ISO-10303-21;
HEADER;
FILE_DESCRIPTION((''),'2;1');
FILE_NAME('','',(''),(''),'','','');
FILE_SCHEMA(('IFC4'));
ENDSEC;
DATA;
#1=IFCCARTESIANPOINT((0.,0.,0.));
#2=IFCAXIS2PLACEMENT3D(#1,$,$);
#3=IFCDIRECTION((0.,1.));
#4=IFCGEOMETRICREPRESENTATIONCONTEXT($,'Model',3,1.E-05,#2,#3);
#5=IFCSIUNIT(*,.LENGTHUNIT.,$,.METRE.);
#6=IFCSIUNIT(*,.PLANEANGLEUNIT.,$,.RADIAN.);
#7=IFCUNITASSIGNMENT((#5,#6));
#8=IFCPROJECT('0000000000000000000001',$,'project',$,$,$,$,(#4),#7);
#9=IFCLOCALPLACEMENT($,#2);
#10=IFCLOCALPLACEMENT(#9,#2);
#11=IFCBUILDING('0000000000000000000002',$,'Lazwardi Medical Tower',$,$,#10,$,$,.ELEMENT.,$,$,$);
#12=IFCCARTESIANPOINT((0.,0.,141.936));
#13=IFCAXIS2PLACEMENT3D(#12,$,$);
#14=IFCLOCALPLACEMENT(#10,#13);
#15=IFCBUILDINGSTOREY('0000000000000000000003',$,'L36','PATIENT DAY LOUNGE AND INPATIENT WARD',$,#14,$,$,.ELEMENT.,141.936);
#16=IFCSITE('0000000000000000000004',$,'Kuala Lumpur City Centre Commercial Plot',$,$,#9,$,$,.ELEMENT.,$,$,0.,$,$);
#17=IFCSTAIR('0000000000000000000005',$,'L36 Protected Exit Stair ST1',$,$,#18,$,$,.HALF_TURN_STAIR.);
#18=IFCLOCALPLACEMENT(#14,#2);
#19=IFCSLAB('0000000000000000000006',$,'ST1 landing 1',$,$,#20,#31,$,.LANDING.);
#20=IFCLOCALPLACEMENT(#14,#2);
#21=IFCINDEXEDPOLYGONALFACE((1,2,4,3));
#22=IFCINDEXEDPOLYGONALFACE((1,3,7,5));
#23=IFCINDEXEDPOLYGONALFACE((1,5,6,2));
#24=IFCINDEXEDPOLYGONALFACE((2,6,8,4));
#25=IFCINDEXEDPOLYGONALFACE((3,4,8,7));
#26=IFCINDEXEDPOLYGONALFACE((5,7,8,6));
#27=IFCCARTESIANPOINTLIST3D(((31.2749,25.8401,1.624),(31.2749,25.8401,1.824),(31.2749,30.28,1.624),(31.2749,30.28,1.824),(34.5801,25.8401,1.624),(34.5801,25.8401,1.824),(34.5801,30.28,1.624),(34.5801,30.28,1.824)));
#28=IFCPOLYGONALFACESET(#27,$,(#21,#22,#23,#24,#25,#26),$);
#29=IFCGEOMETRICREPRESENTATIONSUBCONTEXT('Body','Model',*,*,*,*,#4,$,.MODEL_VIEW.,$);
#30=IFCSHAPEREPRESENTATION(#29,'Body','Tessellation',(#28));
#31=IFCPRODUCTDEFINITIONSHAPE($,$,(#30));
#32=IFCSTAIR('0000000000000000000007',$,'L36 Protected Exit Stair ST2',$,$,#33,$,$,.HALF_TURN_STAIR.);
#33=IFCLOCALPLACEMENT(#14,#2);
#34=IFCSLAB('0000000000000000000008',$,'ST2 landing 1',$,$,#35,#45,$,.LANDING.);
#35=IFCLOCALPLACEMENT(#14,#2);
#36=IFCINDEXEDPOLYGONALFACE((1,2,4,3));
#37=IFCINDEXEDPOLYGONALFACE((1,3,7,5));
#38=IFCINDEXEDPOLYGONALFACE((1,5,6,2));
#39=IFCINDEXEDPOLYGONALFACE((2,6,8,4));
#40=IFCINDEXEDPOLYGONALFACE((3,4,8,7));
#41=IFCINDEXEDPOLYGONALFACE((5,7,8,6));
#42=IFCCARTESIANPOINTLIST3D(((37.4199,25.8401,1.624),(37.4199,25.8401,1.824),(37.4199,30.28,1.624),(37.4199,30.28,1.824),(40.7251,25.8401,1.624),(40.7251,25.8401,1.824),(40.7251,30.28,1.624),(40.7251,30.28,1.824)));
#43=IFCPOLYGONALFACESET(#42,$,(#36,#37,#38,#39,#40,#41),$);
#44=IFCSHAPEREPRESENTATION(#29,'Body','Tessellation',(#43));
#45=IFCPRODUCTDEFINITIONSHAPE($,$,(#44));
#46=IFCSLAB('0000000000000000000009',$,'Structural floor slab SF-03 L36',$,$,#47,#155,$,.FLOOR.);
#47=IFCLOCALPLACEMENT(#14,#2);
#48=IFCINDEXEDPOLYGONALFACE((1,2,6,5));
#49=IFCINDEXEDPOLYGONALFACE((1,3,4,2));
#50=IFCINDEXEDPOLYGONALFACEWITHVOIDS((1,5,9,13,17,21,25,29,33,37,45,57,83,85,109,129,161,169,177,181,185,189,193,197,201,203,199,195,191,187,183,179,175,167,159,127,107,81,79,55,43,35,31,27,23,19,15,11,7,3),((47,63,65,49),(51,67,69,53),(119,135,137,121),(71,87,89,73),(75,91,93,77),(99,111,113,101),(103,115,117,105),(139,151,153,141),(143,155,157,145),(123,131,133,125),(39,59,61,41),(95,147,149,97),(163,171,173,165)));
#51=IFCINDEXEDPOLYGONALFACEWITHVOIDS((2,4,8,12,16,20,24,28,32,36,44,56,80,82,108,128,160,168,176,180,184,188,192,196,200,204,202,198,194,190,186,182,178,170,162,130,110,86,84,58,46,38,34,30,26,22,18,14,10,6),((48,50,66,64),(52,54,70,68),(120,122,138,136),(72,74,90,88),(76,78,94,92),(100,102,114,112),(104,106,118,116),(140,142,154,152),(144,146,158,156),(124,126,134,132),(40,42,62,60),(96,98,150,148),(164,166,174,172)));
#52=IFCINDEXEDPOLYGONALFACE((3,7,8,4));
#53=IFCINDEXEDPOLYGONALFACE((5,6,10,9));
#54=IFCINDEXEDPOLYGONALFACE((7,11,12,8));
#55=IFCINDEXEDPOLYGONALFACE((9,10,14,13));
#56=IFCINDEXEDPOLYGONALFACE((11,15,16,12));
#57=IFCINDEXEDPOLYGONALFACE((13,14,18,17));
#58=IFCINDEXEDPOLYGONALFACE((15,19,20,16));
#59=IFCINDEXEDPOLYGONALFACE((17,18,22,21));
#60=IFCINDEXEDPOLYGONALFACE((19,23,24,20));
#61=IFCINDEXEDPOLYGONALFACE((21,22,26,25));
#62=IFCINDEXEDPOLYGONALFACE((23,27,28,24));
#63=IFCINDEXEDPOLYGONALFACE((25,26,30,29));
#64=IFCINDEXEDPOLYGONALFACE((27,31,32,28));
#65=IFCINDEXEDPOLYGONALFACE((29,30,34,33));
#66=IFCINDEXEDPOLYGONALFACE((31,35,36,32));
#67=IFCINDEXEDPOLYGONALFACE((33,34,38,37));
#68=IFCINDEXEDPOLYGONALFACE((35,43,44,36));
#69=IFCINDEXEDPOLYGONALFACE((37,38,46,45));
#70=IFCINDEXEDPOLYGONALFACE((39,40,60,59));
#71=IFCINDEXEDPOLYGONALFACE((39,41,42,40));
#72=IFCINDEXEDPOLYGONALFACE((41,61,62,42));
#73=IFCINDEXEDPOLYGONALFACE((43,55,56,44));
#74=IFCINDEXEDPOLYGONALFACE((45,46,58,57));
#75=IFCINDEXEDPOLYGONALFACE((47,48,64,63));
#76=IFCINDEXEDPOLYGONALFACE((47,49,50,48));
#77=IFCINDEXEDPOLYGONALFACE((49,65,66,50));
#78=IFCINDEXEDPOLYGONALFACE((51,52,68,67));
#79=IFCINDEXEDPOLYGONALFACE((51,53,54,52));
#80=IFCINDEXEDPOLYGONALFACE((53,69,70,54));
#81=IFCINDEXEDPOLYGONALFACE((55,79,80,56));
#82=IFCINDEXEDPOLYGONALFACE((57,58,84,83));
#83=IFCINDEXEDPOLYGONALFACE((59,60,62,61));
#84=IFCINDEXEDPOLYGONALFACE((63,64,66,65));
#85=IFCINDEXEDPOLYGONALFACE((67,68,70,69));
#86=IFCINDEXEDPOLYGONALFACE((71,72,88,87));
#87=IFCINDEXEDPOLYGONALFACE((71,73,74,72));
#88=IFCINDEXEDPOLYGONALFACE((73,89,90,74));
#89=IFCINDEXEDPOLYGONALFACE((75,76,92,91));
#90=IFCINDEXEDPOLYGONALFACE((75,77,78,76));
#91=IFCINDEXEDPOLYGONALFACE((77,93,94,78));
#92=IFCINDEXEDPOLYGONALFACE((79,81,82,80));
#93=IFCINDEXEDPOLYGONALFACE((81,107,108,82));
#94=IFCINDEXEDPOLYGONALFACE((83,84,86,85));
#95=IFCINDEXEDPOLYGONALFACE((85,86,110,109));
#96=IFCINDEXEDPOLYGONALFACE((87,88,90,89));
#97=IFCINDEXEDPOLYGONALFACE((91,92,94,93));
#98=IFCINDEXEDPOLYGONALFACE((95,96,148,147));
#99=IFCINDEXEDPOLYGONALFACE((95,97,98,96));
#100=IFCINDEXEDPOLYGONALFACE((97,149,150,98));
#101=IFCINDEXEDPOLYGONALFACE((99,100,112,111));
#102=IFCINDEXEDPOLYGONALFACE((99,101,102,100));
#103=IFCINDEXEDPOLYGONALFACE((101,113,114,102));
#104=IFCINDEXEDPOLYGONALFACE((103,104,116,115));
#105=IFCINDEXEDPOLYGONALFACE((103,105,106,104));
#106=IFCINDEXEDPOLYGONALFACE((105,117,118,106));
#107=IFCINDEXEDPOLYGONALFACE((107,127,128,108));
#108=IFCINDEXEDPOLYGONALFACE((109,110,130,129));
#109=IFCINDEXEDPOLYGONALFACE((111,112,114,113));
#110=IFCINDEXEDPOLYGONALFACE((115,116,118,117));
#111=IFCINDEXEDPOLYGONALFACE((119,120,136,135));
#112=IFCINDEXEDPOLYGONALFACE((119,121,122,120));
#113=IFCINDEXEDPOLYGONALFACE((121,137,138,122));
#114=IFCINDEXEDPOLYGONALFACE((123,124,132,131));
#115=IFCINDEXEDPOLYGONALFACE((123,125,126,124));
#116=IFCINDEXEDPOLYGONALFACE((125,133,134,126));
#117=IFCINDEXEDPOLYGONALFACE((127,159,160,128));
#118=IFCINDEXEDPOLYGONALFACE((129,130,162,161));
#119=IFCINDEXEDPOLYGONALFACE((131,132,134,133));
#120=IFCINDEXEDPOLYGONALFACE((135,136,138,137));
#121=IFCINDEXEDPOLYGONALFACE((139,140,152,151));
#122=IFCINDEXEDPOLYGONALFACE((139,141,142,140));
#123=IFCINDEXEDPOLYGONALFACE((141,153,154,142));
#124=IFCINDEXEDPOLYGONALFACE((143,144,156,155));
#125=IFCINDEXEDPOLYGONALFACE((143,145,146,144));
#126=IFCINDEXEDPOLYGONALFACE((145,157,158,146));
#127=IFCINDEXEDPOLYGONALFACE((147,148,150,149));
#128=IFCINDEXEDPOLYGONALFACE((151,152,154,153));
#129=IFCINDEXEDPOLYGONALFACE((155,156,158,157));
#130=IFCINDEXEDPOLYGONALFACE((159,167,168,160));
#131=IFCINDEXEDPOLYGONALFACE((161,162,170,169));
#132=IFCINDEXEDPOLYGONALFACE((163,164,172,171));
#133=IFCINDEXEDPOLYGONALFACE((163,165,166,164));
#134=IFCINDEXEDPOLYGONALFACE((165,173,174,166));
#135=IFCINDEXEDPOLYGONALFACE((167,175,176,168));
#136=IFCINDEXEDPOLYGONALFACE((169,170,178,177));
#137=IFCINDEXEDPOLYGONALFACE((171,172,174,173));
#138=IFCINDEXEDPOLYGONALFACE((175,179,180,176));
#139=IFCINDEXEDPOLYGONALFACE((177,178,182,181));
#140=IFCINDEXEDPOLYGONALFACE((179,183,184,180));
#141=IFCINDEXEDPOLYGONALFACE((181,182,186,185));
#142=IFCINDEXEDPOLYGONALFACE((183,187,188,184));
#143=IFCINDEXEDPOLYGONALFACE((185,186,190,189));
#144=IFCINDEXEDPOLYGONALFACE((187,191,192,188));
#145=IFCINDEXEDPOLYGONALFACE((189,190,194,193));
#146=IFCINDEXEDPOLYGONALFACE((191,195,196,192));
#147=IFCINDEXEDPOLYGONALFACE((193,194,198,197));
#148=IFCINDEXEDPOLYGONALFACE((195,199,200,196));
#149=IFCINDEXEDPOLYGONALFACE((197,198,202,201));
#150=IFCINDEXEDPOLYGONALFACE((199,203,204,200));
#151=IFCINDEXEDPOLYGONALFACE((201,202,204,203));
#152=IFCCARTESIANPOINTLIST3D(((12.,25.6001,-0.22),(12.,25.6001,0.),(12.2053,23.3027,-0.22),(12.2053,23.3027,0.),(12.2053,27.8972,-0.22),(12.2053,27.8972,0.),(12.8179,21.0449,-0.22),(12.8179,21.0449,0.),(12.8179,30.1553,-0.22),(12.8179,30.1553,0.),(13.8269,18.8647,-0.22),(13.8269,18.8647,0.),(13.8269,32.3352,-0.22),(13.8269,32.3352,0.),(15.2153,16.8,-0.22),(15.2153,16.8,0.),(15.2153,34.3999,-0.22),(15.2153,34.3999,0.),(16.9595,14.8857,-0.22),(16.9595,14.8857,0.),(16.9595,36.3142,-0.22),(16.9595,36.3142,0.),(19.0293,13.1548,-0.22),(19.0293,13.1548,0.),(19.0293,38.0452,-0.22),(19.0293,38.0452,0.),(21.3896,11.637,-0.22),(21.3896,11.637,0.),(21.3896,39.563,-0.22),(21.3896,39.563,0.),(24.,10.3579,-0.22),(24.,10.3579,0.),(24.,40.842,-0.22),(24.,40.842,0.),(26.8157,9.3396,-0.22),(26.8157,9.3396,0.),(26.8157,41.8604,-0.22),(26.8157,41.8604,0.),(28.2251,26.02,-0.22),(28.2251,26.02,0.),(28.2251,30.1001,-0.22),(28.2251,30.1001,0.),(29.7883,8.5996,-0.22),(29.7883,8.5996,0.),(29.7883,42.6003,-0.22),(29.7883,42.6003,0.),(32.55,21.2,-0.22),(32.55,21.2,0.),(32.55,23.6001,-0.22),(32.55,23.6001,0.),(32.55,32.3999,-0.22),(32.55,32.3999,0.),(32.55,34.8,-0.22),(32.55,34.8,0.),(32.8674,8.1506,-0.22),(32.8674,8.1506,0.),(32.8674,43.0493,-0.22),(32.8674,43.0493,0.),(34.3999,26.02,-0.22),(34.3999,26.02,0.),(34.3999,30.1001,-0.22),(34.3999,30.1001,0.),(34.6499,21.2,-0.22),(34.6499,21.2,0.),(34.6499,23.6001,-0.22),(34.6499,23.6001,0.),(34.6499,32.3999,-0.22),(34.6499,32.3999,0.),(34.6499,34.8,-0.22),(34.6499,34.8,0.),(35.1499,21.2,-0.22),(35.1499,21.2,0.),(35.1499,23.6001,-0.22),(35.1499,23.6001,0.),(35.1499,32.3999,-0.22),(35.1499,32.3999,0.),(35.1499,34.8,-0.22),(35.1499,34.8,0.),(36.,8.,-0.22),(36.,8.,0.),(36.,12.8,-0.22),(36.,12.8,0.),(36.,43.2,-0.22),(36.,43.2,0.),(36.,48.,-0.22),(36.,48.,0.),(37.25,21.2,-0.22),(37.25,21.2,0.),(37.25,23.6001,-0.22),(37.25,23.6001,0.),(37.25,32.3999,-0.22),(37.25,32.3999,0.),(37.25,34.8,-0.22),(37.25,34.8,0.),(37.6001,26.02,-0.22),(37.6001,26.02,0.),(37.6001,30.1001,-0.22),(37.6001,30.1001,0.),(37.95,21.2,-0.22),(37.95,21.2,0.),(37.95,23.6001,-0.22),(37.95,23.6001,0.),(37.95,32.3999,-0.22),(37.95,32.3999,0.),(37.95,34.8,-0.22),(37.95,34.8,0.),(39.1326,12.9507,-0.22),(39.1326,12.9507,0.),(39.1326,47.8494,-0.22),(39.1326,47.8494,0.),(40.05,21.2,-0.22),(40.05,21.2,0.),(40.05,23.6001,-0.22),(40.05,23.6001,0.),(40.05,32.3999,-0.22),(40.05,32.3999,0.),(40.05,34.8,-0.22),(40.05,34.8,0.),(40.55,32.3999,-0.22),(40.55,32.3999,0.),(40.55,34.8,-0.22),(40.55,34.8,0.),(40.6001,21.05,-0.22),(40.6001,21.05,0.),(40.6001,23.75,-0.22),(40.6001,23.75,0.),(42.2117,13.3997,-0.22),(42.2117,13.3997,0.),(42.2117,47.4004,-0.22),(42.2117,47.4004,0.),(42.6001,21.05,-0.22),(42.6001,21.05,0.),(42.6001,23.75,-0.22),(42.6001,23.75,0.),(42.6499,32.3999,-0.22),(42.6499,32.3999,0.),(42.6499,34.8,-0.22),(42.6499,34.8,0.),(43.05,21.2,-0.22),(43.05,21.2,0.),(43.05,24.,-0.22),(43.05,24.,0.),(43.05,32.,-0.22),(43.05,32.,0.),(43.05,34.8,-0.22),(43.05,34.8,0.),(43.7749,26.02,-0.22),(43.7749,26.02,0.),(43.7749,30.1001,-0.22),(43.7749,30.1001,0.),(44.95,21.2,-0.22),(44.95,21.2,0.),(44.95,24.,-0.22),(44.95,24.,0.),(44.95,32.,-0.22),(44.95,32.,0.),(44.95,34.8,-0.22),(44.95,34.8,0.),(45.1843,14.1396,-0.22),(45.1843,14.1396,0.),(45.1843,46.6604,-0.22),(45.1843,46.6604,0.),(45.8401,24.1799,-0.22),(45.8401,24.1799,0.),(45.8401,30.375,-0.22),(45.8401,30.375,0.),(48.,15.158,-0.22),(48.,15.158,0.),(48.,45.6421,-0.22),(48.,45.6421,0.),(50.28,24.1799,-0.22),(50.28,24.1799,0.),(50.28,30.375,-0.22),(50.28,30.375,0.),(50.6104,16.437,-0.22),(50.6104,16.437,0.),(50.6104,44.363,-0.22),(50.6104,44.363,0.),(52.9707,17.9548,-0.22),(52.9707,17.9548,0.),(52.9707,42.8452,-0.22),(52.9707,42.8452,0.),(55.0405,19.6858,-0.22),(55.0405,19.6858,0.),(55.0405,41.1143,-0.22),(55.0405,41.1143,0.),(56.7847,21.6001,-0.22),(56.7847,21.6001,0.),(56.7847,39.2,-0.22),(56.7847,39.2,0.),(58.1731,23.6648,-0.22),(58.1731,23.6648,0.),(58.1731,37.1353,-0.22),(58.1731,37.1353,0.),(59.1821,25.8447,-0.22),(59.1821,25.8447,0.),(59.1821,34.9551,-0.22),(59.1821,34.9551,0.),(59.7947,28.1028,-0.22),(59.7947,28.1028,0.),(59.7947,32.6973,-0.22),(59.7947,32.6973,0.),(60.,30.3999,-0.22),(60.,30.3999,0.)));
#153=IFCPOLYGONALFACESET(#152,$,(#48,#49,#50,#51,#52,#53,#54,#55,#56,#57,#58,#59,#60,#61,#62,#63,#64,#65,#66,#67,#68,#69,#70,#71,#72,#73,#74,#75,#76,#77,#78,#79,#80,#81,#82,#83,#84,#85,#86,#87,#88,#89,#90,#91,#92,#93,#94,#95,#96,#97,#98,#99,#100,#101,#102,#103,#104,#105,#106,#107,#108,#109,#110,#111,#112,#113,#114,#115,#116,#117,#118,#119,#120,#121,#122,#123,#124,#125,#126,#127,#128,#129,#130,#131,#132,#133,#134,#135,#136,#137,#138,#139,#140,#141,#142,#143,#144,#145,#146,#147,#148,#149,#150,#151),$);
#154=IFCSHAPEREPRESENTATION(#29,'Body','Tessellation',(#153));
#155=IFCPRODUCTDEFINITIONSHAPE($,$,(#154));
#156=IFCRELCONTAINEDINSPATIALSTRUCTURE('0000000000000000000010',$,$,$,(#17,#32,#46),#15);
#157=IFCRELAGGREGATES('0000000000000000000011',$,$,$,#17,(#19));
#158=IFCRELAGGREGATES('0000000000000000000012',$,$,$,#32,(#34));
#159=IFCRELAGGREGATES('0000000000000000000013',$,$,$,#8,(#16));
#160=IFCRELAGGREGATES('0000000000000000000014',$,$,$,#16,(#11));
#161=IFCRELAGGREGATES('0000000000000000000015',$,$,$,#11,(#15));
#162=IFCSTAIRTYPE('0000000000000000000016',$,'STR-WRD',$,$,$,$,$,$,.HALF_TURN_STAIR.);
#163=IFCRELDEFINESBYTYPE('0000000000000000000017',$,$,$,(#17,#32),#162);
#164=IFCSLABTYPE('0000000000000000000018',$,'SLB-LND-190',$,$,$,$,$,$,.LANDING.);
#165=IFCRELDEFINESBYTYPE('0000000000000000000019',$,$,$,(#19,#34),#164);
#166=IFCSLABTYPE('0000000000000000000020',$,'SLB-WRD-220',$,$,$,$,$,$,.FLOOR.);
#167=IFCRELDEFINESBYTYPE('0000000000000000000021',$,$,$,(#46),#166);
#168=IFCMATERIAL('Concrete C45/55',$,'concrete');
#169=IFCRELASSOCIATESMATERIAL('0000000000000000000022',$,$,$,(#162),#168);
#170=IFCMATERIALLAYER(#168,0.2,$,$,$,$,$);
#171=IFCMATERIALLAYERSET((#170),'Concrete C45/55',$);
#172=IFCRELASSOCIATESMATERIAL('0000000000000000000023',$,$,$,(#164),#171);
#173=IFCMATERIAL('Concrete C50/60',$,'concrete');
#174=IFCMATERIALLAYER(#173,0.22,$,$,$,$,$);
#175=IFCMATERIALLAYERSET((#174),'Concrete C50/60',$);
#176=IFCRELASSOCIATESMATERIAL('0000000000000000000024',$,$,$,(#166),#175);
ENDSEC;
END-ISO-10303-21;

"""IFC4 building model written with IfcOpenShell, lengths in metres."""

from ifc_helpers import new_model, si_unit, direction, frame, origin, place, context, subcontext, project, spatial, polyline, outline, extrude, material, layer, layer_set, type_object, element, aggregate, save


model = new_model("IFC4")

# Units and contexts
model_context = context("Model", 3, precision=1e-05, world=origin(), true_north=direction((0.0, 1.0)))
body_context = subcontext(model_context, "Body", "Model", "MODEL_VIEW")
ifc_project = project(units=[si_unit("LENGTHUNIT", "METRE"), si_unit("PLANEANGLEUNIT", "RADIAN")], contexts=[model_context])

# Site, building, storey
site_placement = place(None, origin())
site = spatial("IfcSite", under=ifc_project, at=site_placement, Name="Kuala Lumpur City Centre Commercial Plot", CompositionType="ELEMENT", RefElevation=0.0)
building_placement = place(site_placement, origin())
building = spatial("IfcBuilding", under=site, at=building_placement, Name="Lazwardi Medical Tower", CompositionType="ELEMENT")
storey_placement = place(building_placement, frame((0.0, 0.0, 141.936)))
storey = spatial("IfcBuildingStorey", under=building, at=storey_placement, Name="L36", Description="PATIENT DAY LOUNGE AND INPATIENT WARD", CompositionType="ELEMENT", Elevation=141.936)

# Stairs, slabs
ifc_material_1 = material(Name="Concrete C45/55", Category="concrete")
stair_type = type_object("IfcStairType", Name="STR-WRD", PredefinedType="HALF_TURN_STAIR", material=ifc_material_1)
stair_1_placement = place(storey_placement, origin())
stair_1 = element("IfcStair", 1, at=stair_1_placement, inside=storey, type_object=stair_type, Name="L36 Protected Exit Stair ST1", PredefinedType="HALF_TURN_STAIR")
ifc_layer_1 = layer(ifc_material_1, 0.2)
ifc_layer_set_1 = layer_set([ifc_layer_1], Name="Concrete C45/55")
slab_type_1 = type_object("IfcSlabType", Name="SLB-LND-190", PredefinedType="LANDING", material=ifc_layer_set_1)
slab_1_placement = place(storey_placement, frame((0.0, 0.0, 1.624)))
slab_1 = element("IfcSlab", 2, at=slab_1_placement, type_object=slab_type_1, Name="ST1 landing 1", PredefinedType="LANDING", context=body_context, shape_type="SweptSolid", body=[
    extrude(outline(polyline([(31.2749, 25.8401), (34.5801, 25.8401), (34.5801, 30.28), (31.2749, 30.28), (31.2749, 25.8401)])), origin(), (0.0, 0.0, 1.0), 0.2),
])
aggregate(stair_1, [slab_1])
stair_2_placement = place(storey_placement, origin())
stair_2 = element("IfcStair", 3, at=stair_2_placement, inside=storey, type_object=stair_type, Name="L36 Protected Exit Stair ST2", PredefinedType="HALF_TURN_STAIR")
slab_2_placement = place(storey_placement, frame((0.0, 0.0, 1.624)))
slab_2 = element("IfcSlab", 4, at=slab_2_placement, type_object=slab_type_1, Name="ST2 landing 1", PredefinedType="LANDING", context=body_context, shape_type="SweptSolid", body=[
    extrude(outline(polyline([(40.7251, 30.28), (37.4199, 30.28), (37.4199, 25.8401), (40.7251, 25.8401), (40.7251, 30.28)])), origin(), (0.0, 0.0, 1.0), 0.2),
])
aggregate(stair_2, [slab_2])

# Slab
ifc_material_2 = material(Name="Concrete C50/60", Category="concrete")
ifc_layer_2 = layer(ifc_material_2, 0.22)
ifc_layer_set_2 = layer_set([ifc_layer_2], Name="Concrete C50/60")
slab_type_2 = type_object("IfcSlabType", Name="SLB-WRD-220", PredefinedType="FLOOR", material=ifc_layer_set_2)
slab_3_placement = place(storey_placement, frame((0.0, 0.0, -0.22)))
element("IfcSlab", 5, at=slab_3_placement, inside=storey, type_object=slab_type_2, Name="Structural floor slab SF-03 L36", PredefinedType="FLOOR", context=body_context, shape_type="SweptSolid", body=[
    extrude(outline(polyline([(12.2053, 23.3027), (12.8179, 21.0449), (13.8269, 18.8647), (15.2153, 16.8), (16.9595, 14.8857), (19.0293, 13.1548), (21.3896, 11.637), (24.0, 10.3579), (26.8157, 9.3396), (29.7883, 8.5996), (32.8674, 8.1506), (36.0, 8.0), (36.0, 12.8), (39.1326, 12.9507), (42.2117, 13.3997), (45.1843, 14.1396), (48.0, 15.158), (50.6104, 16.437), (52.9707, 17.9548), (55.0405, 19.6858), (56.7847, 21.6001), (58.1731, 23.6648), (59.1821, 25.8447), (59.7947, 28.1028), (60.0, 30.3999), (59.7947, 32.6973), (59.1821, 34.9551), (58.1731, 37.1353), (56.7847, 39.2), (55.0405, 41.1143), (52.9707, 42.8452), (50.6104, 44.363), (48.0, 45.6421), (45.1843, 46.6604), (42.2117, 47.4004), (39.1326, 47.8494), (36.0, 48.0), (36.0, 43.2), (32.8674, 43.0493), (29.7883, 42.6003), (26.8157, 41.8604), (24.0, 40.842), (21.3896, 39.563), (19.0293, 38.0452), (16.9595, 36.3142), (15.2153, 34.3999), (13.8269, 32.3352), (12.8179, 30.1553), (12.2053, 27.8972), (12.0, 25.6001), (12.2053, 23.3027)]), holes=[polyline([(28.2251, 26.02), (28.2251, 30.1001), (34.3999, 30.1001), (34.3999, 26.02), (28.2251, 26.02)]), polyline([(37.6001, 30.1001), (43.7749, 30.1001), (43.7749, 26.02), (37.6001, 26.02), (37.6001, 30.1001)]), polyline([(50.28, 30.375), (50.28, 24.1799), (45.8401, 24.1799), (45.8401, 30.375), (50.28, 30.375)]), polyline([(34.6499, 32.3999), (32.55, 32.3999), (32.55, 34.8), (34.6499, 34.8), (34.6499, 32.3999)]), polyline([(35.1499, 32.3999), (35.1499, 34.8), (37.25, 34.8), (37.25, 32.3999), (35.1499, 32.3999)]), polyline([(32.55, 23.6001), (34.6499, 23.6001), (34.6499, 21.2), (32.55, 21.2), (32.55, 23.6001)]), polyline([(37.25, 23.6001), (37.25, 21.2), (35.1499, 21.2), (35.1499, 23.6001), (37.25, 23.6001)]), polyline([(40.05, 32.3999), (37.95, 32.3999), (37.95, 34.8), (40.05, 34.8), (40.05, 32.3999)]), polyline([(40.55, 32.3999), (40.55, 34.8), (42.6499, 34.8), (42.6499, 32.3999), (40.55, 32.3999)]), polyline([(37.95, 23.6001), (40.05, 23.6001), (40.05, 21.2), (37.95, 21.2), (37.95, 23.6001)]), polyline([(44.95, 34.8), (44.95, 32.0), (43.05, 32.0), (43.05, 34.8), (44.95, 34.8)]), polyline([(44.95, 21.2), (43.05, 21.2), (43.05, 24.0), (44.95, 24.0), (44.95, 21.2)]), polyline([(40.6001, 21.05), (40.6001, 23.75), (42.6001, 23.75), (42.6001, 21.05), (40.6001, 21.05)])]), origin(), (0.0, 0.0, 1.0), 0.22),
])

save(model, "model.ifc")
